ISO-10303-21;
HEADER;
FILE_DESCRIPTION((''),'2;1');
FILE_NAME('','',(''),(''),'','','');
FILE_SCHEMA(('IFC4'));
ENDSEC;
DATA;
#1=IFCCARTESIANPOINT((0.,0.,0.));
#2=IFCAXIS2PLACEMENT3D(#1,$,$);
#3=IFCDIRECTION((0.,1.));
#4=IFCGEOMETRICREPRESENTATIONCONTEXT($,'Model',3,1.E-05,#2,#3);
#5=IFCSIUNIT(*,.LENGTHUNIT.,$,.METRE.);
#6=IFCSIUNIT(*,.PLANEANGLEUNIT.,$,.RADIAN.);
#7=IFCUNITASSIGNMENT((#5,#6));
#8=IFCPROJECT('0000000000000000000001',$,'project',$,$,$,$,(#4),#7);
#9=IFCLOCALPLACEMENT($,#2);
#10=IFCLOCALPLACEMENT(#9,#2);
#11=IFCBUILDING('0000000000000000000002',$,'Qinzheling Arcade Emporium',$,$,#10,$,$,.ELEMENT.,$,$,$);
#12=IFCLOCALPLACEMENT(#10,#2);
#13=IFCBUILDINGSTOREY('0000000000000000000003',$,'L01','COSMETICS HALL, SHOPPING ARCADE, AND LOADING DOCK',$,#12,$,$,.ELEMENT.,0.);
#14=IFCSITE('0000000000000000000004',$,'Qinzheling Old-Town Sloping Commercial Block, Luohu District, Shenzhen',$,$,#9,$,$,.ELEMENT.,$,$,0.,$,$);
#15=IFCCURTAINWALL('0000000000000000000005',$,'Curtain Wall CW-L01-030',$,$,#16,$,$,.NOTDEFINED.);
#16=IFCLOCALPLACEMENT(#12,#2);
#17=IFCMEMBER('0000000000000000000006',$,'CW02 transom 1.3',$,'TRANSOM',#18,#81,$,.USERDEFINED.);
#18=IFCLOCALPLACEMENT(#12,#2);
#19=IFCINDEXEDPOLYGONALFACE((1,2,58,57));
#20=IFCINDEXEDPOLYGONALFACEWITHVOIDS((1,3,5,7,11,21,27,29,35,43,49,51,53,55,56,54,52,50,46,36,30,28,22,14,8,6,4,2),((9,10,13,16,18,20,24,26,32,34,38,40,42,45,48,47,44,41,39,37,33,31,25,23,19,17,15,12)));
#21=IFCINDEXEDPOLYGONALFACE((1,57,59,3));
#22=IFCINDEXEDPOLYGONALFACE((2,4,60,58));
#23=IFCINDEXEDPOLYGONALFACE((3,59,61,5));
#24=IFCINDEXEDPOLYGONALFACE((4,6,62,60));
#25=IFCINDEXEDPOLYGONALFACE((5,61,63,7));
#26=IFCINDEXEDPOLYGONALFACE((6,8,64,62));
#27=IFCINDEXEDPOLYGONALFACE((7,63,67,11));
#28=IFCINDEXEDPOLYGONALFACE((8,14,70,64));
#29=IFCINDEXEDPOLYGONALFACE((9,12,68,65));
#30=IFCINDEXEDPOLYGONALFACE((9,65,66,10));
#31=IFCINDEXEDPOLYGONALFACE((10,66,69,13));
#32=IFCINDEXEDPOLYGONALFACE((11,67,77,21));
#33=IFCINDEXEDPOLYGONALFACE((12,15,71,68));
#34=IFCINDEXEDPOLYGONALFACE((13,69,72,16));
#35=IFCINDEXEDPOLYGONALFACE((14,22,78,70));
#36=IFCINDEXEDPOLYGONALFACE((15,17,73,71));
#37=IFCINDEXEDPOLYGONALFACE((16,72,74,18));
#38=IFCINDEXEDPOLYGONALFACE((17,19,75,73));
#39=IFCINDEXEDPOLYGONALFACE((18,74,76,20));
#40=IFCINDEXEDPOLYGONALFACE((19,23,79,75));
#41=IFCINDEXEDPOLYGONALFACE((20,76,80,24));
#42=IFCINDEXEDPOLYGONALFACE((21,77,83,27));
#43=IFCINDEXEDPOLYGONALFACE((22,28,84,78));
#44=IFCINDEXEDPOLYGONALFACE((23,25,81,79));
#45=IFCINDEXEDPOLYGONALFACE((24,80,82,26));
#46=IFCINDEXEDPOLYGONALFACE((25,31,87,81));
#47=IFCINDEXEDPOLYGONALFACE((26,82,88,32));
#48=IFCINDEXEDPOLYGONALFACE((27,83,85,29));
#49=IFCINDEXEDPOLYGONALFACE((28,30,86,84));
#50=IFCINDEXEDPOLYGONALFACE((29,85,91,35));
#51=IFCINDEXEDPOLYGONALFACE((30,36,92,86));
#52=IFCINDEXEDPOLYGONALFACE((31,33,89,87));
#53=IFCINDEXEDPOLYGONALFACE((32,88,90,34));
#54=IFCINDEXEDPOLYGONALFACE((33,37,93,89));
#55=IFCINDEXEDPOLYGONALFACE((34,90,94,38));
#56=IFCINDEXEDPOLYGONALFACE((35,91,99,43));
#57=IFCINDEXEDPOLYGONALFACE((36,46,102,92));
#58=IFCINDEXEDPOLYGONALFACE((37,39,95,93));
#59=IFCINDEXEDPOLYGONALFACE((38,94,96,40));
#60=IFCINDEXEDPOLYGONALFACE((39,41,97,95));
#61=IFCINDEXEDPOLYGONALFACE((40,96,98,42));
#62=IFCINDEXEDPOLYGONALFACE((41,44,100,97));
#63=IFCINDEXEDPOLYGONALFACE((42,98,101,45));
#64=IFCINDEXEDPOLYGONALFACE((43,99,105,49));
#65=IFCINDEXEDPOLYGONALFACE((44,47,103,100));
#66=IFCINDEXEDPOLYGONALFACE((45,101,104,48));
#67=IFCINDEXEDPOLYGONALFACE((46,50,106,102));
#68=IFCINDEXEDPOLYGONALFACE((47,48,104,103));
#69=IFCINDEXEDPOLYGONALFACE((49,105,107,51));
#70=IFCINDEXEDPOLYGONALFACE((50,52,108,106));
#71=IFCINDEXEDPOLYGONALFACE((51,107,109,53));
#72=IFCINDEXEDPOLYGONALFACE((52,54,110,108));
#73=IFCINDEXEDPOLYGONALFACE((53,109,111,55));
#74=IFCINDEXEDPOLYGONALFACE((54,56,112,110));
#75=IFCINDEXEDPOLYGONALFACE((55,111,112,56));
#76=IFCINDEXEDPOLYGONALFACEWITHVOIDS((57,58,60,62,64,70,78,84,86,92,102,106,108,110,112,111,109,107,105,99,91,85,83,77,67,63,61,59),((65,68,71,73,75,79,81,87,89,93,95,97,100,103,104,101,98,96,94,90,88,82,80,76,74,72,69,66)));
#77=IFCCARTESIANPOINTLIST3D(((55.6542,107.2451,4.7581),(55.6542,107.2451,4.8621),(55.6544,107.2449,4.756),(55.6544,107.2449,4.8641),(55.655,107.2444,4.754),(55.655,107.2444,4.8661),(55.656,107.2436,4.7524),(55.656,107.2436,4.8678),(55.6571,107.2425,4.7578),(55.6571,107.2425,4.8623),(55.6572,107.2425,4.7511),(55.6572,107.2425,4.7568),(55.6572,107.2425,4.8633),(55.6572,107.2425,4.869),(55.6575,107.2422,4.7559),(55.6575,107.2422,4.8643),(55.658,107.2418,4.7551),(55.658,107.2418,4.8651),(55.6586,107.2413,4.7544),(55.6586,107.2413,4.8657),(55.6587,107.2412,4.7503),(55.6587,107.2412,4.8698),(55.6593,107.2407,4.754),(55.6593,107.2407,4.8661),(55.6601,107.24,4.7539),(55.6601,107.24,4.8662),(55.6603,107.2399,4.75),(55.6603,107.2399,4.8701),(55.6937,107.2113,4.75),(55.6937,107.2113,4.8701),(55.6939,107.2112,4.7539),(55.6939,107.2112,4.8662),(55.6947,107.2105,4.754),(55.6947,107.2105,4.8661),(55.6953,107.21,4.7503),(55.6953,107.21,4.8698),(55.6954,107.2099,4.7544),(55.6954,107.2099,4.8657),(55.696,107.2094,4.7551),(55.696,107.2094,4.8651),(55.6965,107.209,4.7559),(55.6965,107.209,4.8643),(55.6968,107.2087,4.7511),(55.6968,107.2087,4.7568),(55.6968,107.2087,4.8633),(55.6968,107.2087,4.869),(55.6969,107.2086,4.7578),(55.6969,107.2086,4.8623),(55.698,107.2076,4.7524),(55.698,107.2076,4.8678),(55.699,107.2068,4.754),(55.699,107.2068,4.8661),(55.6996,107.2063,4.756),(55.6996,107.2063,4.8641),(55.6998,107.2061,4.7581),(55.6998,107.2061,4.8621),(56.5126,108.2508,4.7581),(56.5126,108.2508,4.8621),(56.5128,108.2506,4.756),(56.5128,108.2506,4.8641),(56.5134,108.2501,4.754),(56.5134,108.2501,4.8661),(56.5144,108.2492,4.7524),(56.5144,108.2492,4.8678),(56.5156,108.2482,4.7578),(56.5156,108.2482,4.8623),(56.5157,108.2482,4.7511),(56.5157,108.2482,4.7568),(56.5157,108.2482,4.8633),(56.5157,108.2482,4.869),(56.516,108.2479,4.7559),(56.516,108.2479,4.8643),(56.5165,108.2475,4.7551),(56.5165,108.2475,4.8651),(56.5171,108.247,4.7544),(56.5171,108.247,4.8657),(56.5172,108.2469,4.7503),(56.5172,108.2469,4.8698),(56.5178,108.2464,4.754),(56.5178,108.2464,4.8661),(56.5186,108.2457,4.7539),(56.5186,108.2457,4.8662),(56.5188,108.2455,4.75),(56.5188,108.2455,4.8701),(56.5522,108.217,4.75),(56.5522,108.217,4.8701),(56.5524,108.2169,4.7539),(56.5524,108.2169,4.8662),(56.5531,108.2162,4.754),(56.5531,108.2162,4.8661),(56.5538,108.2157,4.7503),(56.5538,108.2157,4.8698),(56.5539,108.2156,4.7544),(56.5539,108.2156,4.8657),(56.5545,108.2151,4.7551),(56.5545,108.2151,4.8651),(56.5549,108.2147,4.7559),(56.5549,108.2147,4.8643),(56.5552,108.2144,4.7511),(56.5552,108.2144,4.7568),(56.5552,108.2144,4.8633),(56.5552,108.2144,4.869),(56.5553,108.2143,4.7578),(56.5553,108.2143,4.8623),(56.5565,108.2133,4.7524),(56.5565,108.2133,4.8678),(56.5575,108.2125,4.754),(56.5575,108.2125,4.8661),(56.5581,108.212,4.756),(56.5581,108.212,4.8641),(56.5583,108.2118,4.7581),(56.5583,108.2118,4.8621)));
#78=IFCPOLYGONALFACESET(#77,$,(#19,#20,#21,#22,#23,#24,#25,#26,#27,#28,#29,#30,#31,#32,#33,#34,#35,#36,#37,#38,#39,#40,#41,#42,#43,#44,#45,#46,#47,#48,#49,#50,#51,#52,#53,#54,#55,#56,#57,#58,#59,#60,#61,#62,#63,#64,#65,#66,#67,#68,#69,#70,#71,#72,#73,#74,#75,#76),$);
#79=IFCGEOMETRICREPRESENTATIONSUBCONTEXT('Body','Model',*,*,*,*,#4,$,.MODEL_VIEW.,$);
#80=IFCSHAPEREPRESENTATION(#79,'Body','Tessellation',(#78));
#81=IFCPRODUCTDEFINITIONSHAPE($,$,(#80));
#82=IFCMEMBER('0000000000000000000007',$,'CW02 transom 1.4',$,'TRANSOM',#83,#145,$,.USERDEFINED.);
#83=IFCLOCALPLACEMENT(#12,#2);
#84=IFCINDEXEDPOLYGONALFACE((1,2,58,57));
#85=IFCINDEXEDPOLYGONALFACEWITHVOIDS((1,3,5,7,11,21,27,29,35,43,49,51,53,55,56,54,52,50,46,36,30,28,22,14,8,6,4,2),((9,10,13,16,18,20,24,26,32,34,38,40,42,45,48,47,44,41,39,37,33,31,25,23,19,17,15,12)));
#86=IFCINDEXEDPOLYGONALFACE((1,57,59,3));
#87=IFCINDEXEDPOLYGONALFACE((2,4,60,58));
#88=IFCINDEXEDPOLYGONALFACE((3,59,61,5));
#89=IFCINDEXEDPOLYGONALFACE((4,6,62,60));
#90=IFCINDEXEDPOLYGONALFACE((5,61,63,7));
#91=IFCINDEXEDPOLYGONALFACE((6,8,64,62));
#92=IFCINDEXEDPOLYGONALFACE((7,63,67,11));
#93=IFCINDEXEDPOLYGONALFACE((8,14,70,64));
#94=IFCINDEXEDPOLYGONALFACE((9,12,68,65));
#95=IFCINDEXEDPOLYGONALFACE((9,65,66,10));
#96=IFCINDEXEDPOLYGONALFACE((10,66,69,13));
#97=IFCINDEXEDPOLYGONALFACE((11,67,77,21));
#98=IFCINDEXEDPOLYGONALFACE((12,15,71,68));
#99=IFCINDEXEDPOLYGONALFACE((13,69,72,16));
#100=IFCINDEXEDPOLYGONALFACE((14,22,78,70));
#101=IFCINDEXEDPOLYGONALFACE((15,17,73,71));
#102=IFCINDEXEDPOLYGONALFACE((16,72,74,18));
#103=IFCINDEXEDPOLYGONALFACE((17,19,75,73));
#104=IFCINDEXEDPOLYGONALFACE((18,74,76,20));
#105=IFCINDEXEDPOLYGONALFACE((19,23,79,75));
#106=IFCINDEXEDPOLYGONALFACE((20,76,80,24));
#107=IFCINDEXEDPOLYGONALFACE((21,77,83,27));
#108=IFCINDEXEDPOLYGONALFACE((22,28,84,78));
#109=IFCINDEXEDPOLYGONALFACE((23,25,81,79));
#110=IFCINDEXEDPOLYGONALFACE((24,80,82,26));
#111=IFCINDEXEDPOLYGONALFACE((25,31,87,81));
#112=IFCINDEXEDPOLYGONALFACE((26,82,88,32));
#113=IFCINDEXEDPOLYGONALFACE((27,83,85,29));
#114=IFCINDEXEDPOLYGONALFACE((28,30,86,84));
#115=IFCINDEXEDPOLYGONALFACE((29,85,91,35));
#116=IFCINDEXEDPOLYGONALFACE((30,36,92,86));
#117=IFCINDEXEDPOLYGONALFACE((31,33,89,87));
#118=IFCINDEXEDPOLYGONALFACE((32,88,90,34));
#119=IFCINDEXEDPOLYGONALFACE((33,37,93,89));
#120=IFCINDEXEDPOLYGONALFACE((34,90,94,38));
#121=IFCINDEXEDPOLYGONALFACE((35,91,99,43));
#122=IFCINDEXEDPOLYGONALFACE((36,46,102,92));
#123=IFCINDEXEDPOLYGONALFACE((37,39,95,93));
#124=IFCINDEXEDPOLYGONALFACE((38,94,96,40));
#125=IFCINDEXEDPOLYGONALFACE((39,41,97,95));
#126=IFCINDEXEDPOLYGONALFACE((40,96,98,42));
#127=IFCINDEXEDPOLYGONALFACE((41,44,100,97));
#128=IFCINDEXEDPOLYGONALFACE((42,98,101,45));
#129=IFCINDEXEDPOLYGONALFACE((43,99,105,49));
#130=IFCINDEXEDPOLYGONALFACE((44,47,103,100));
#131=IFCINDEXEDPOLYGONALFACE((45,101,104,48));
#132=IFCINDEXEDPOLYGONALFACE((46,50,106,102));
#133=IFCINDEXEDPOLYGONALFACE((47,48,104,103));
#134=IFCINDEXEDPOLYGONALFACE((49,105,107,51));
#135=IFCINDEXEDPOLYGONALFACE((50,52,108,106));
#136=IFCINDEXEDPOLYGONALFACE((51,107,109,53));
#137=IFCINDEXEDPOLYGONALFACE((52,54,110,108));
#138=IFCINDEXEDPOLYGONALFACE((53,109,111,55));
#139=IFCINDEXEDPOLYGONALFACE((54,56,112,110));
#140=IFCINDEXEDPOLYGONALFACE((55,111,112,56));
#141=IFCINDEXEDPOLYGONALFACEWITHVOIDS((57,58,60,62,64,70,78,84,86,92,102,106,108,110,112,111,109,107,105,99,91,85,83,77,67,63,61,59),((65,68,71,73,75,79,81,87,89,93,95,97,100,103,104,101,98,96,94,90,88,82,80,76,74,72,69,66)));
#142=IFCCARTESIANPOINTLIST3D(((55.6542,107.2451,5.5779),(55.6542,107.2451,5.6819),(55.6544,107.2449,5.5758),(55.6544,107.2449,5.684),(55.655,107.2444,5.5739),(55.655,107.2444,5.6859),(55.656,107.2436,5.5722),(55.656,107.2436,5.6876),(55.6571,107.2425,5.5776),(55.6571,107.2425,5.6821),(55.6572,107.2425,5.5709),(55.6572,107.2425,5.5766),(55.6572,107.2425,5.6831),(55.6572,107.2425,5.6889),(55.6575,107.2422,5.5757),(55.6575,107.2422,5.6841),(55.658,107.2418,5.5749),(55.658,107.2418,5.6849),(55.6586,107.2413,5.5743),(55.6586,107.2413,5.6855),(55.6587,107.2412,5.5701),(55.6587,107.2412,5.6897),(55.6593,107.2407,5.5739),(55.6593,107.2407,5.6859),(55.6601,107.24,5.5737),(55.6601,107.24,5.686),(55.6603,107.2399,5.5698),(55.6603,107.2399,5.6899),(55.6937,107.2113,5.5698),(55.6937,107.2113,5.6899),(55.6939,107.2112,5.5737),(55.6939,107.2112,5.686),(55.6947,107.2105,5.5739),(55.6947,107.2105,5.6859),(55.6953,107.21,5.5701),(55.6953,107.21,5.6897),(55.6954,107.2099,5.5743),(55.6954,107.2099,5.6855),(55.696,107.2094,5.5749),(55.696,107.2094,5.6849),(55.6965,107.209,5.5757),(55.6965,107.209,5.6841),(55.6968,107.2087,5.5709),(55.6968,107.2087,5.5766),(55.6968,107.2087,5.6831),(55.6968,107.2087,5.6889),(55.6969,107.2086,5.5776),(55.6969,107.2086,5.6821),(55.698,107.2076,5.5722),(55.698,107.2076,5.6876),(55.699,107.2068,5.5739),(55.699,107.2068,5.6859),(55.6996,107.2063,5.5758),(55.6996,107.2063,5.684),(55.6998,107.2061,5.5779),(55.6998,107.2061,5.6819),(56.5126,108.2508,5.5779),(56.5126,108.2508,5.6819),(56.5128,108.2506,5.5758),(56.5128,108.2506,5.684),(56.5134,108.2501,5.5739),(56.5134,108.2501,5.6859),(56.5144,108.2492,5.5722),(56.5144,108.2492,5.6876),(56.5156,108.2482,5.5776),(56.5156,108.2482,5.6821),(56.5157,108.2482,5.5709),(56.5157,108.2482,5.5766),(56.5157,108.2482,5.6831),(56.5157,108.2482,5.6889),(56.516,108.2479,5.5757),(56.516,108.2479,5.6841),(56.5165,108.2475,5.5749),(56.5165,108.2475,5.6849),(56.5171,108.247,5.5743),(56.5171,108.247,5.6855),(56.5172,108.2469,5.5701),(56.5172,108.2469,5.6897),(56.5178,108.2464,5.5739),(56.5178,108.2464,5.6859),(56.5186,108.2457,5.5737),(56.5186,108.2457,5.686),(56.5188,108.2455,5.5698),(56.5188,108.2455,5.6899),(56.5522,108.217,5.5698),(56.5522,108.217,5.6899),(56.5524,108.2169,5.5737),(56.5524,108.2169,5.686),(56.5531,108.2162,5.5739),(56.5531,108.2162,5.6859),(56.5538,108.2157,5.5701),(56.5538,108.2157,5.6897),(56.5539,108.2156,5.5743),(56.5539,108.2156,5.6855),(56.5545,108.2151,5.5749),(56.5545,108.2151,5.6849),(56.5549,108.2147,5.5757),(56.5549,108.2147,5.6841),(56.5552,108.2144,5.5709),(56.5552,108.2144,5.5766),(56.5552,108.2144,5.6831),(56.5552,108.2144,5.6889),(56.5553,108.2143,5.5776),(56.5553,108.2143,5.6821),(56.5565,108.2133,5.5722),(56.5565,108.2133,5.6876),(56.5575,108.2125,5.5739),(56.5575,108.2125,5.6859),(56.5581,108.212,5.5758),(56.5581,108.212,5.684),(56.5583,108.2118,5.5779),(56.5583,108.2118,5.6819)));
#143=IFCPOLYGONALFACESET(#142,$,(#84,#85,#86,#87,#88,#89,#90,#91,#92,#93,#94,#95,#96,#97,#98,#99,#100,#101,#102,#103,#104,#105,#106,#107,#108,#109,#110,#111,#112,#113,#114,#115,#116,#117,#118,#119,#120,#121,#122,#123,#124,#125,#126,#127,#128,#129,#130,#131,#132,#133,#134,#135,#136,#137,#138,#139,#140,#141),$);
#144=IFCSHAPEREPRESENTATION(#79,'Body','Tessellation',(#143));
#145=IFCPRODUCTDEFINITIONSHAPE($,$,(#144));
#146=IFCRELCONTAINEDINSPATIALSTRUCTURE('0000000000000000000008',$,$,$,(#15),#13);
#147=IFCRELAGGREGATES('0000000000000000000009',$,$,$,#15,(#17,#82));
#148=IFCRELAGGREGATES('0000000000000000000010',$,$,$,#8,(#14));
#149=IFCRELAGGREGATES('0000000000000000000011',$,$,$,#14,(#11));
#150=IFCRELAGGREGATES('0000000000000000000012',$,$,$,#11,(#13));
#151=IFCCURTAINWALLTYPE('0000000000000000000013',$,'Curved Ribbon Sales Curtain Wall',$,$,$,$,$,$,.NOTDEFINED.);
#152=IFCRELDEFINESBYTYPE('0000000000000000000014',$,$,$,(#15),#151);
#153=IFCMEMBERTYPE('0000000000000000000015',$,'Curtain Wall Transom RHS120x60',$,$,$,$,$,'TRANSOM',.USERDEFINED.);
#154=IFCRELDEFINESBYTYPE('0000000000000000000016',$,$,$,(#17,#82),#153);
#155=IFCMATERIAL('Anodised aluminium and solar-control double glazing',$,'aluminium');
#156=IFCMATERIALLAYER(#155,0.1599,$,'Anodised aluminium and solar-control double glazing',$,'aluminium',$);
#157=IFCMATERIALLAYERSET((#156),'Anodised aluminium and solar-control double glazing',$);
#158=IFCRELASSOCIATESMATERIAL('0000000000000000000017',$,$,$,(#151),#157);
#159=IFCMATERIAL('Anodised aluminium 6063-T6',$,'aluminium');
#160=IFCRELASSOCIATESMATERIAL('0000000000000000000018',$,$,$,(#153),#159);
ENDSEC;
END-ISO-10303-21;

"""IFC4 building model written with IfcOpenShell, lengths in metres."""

from ifc_helpers import new_model, si_unit, direction, frame, origin, origin_2d, place, context, subcontext, project, spatial, hollow_rectangle, extrude, material, layer, layer_set, material_profile, profile_set, type_object, element, aggregate, save


model = new_model("IFC4")

# Units and contexts
model_context = context("Model", 3, precision=1e-05, world=origin(), true_north=direction((0.0, 1.0)))
body_context = subcontext(model_context, "Body", "Model", "MODEL_VIEW")
ifc_project = project(units=[si_unit("LENGTHUNIT", "METRE"), si_unit("PLANEANGLEUNIT", "RADIAN")], contexts=[model_context])

# Site, building, storey
site_placement = place(None, origin())
site = spatial("IfcSite", under=ifc_project, at=site_placement, Name="Qinzheling Old-Town Sloping Commercial Block, Luohu District, Shenzhen", CompositionType="ELEMENT", RefElevation=0.0)
building_placement = place(site_placement, origin())
building = spatial("IfcBuilding", under=site, at=building_placement, Name="Qinzheling Arcade Emporium", CompositionType="ELEMENT")
storey_placement = place(building_placement, origin())
storey = spatial("IfcBuildingStorey", under=building, at=storey_placement, Name="L01", Description="COSMETICS HALL, SHOPPING ARCADE, AND LOADING DOCK", CompositionType="ELEMENT", Elevation=0.0)

# Shared definitions
ifc_material_1 = material(Name="Anodised aluminium and solar-control double glazing", Category="aluminium")
ifc_layer_1 = layer(ifc_material_1, 0.1599, Name="Anodised aluminium and solar-control double glazing", Category="aluminium")
ifc_layer_set_1 = layer_set([ifc_layer_1], Name="Anodised aluminium and solar-control double glazing")
curtain_wall_type = type_object("IfcCurtainWallType", Name="Curved Ribbon Sales Curtain Wall", PredefinedType="NOTDEFINED", material=ifc_layer_set_1)
ifc_material_2 = material(Name="Anodised aluminium 6063-T6", Category="aluminium")

# Curtain wall
curtain_wall_1_placement = place(storey_placement, origin())
curtain_wall_1 = element("IfcCurtainWall", 1, at=curtain_wall_1_placement, inside=storey, type_object=curtain_wall_type, Name="Curtain Wall CW-L01-030", PredefinedType="NOTDEFINED")

# Members
ifc_material_profile_1 = material_profile(ifc_material_2, hollow_rectangle(XDim=0.0601, YDim=0.1201, WallThickness=0.0039, InnerFilletRadius=0.0039, OuterFilletRadius=0.0081, at=origin_2d()), Name="RHS 120x60x4", Category="aluminium")
ifc_profile_set_1 = profile_set([ifc_material_profile_1], Name="Anodised aluminium 6063-T6")
member_type_1 = type_object("IfcMemberType", Name="Curtain Wall Transom RHS120x60", ElementType="TRANSOM", PredefinedType="USERDEFINED", material=ifc_profile_set_1)
member_1_placement = place(storey_placement, frame((55.677, 107.2256, 4.8101), z_axis=(0.649239, 0.760585, 0.0), x_axis=(-0.760585, 0.649239, 0.0)))
member_1 = element("IfcMember", 2, at=member_1_placement, type_object=member_type_1, Name="CW02 transom 1.3", ObjectType="TRANSOM", PredefinedType="USERDEFINED", context=body_context, shape_type="SweptSolid", body=[
    extrude(hollow_rectangle(XDim=0.0601, YDim=0.1201, WallThickness=0.0039, InnerFilletRadius=0.0039, OuterFilletRadius=0.0081, at=origin_2d()), origin(), (0.0, 0.0, 1.0), 1.3223),
])
member_2_placement = place(storey_placement, frame((55.677, 107.2256, 5.6299), z_axis=(0.649239, 0.760585, 0.0), x_axis=(-0.760585, 0.649239, 0.0)))
member_2 = element("IfcMember", 3, at=member_2_placement, type_object=member_type_1, Name="CW02 transom 1.4", ObjectType="TRANSOM", PredefinedType="USERDEFINED", context=body_context, shape_type="SweptSolid", body=[
    extrude(hollow_rectangle(XDim=0.0601, YDim=0.1201, WallThickness=0.0039, InnerFilletRadius=0.0039, OuterFilletRadius=0.0081, at=origin_2d()), origin(), (0.0, 0.0, 1.0), 1.3223),
])

aggregate(curtain_wall_1, [member_1, member_2])

save(model, "model.ifc")
